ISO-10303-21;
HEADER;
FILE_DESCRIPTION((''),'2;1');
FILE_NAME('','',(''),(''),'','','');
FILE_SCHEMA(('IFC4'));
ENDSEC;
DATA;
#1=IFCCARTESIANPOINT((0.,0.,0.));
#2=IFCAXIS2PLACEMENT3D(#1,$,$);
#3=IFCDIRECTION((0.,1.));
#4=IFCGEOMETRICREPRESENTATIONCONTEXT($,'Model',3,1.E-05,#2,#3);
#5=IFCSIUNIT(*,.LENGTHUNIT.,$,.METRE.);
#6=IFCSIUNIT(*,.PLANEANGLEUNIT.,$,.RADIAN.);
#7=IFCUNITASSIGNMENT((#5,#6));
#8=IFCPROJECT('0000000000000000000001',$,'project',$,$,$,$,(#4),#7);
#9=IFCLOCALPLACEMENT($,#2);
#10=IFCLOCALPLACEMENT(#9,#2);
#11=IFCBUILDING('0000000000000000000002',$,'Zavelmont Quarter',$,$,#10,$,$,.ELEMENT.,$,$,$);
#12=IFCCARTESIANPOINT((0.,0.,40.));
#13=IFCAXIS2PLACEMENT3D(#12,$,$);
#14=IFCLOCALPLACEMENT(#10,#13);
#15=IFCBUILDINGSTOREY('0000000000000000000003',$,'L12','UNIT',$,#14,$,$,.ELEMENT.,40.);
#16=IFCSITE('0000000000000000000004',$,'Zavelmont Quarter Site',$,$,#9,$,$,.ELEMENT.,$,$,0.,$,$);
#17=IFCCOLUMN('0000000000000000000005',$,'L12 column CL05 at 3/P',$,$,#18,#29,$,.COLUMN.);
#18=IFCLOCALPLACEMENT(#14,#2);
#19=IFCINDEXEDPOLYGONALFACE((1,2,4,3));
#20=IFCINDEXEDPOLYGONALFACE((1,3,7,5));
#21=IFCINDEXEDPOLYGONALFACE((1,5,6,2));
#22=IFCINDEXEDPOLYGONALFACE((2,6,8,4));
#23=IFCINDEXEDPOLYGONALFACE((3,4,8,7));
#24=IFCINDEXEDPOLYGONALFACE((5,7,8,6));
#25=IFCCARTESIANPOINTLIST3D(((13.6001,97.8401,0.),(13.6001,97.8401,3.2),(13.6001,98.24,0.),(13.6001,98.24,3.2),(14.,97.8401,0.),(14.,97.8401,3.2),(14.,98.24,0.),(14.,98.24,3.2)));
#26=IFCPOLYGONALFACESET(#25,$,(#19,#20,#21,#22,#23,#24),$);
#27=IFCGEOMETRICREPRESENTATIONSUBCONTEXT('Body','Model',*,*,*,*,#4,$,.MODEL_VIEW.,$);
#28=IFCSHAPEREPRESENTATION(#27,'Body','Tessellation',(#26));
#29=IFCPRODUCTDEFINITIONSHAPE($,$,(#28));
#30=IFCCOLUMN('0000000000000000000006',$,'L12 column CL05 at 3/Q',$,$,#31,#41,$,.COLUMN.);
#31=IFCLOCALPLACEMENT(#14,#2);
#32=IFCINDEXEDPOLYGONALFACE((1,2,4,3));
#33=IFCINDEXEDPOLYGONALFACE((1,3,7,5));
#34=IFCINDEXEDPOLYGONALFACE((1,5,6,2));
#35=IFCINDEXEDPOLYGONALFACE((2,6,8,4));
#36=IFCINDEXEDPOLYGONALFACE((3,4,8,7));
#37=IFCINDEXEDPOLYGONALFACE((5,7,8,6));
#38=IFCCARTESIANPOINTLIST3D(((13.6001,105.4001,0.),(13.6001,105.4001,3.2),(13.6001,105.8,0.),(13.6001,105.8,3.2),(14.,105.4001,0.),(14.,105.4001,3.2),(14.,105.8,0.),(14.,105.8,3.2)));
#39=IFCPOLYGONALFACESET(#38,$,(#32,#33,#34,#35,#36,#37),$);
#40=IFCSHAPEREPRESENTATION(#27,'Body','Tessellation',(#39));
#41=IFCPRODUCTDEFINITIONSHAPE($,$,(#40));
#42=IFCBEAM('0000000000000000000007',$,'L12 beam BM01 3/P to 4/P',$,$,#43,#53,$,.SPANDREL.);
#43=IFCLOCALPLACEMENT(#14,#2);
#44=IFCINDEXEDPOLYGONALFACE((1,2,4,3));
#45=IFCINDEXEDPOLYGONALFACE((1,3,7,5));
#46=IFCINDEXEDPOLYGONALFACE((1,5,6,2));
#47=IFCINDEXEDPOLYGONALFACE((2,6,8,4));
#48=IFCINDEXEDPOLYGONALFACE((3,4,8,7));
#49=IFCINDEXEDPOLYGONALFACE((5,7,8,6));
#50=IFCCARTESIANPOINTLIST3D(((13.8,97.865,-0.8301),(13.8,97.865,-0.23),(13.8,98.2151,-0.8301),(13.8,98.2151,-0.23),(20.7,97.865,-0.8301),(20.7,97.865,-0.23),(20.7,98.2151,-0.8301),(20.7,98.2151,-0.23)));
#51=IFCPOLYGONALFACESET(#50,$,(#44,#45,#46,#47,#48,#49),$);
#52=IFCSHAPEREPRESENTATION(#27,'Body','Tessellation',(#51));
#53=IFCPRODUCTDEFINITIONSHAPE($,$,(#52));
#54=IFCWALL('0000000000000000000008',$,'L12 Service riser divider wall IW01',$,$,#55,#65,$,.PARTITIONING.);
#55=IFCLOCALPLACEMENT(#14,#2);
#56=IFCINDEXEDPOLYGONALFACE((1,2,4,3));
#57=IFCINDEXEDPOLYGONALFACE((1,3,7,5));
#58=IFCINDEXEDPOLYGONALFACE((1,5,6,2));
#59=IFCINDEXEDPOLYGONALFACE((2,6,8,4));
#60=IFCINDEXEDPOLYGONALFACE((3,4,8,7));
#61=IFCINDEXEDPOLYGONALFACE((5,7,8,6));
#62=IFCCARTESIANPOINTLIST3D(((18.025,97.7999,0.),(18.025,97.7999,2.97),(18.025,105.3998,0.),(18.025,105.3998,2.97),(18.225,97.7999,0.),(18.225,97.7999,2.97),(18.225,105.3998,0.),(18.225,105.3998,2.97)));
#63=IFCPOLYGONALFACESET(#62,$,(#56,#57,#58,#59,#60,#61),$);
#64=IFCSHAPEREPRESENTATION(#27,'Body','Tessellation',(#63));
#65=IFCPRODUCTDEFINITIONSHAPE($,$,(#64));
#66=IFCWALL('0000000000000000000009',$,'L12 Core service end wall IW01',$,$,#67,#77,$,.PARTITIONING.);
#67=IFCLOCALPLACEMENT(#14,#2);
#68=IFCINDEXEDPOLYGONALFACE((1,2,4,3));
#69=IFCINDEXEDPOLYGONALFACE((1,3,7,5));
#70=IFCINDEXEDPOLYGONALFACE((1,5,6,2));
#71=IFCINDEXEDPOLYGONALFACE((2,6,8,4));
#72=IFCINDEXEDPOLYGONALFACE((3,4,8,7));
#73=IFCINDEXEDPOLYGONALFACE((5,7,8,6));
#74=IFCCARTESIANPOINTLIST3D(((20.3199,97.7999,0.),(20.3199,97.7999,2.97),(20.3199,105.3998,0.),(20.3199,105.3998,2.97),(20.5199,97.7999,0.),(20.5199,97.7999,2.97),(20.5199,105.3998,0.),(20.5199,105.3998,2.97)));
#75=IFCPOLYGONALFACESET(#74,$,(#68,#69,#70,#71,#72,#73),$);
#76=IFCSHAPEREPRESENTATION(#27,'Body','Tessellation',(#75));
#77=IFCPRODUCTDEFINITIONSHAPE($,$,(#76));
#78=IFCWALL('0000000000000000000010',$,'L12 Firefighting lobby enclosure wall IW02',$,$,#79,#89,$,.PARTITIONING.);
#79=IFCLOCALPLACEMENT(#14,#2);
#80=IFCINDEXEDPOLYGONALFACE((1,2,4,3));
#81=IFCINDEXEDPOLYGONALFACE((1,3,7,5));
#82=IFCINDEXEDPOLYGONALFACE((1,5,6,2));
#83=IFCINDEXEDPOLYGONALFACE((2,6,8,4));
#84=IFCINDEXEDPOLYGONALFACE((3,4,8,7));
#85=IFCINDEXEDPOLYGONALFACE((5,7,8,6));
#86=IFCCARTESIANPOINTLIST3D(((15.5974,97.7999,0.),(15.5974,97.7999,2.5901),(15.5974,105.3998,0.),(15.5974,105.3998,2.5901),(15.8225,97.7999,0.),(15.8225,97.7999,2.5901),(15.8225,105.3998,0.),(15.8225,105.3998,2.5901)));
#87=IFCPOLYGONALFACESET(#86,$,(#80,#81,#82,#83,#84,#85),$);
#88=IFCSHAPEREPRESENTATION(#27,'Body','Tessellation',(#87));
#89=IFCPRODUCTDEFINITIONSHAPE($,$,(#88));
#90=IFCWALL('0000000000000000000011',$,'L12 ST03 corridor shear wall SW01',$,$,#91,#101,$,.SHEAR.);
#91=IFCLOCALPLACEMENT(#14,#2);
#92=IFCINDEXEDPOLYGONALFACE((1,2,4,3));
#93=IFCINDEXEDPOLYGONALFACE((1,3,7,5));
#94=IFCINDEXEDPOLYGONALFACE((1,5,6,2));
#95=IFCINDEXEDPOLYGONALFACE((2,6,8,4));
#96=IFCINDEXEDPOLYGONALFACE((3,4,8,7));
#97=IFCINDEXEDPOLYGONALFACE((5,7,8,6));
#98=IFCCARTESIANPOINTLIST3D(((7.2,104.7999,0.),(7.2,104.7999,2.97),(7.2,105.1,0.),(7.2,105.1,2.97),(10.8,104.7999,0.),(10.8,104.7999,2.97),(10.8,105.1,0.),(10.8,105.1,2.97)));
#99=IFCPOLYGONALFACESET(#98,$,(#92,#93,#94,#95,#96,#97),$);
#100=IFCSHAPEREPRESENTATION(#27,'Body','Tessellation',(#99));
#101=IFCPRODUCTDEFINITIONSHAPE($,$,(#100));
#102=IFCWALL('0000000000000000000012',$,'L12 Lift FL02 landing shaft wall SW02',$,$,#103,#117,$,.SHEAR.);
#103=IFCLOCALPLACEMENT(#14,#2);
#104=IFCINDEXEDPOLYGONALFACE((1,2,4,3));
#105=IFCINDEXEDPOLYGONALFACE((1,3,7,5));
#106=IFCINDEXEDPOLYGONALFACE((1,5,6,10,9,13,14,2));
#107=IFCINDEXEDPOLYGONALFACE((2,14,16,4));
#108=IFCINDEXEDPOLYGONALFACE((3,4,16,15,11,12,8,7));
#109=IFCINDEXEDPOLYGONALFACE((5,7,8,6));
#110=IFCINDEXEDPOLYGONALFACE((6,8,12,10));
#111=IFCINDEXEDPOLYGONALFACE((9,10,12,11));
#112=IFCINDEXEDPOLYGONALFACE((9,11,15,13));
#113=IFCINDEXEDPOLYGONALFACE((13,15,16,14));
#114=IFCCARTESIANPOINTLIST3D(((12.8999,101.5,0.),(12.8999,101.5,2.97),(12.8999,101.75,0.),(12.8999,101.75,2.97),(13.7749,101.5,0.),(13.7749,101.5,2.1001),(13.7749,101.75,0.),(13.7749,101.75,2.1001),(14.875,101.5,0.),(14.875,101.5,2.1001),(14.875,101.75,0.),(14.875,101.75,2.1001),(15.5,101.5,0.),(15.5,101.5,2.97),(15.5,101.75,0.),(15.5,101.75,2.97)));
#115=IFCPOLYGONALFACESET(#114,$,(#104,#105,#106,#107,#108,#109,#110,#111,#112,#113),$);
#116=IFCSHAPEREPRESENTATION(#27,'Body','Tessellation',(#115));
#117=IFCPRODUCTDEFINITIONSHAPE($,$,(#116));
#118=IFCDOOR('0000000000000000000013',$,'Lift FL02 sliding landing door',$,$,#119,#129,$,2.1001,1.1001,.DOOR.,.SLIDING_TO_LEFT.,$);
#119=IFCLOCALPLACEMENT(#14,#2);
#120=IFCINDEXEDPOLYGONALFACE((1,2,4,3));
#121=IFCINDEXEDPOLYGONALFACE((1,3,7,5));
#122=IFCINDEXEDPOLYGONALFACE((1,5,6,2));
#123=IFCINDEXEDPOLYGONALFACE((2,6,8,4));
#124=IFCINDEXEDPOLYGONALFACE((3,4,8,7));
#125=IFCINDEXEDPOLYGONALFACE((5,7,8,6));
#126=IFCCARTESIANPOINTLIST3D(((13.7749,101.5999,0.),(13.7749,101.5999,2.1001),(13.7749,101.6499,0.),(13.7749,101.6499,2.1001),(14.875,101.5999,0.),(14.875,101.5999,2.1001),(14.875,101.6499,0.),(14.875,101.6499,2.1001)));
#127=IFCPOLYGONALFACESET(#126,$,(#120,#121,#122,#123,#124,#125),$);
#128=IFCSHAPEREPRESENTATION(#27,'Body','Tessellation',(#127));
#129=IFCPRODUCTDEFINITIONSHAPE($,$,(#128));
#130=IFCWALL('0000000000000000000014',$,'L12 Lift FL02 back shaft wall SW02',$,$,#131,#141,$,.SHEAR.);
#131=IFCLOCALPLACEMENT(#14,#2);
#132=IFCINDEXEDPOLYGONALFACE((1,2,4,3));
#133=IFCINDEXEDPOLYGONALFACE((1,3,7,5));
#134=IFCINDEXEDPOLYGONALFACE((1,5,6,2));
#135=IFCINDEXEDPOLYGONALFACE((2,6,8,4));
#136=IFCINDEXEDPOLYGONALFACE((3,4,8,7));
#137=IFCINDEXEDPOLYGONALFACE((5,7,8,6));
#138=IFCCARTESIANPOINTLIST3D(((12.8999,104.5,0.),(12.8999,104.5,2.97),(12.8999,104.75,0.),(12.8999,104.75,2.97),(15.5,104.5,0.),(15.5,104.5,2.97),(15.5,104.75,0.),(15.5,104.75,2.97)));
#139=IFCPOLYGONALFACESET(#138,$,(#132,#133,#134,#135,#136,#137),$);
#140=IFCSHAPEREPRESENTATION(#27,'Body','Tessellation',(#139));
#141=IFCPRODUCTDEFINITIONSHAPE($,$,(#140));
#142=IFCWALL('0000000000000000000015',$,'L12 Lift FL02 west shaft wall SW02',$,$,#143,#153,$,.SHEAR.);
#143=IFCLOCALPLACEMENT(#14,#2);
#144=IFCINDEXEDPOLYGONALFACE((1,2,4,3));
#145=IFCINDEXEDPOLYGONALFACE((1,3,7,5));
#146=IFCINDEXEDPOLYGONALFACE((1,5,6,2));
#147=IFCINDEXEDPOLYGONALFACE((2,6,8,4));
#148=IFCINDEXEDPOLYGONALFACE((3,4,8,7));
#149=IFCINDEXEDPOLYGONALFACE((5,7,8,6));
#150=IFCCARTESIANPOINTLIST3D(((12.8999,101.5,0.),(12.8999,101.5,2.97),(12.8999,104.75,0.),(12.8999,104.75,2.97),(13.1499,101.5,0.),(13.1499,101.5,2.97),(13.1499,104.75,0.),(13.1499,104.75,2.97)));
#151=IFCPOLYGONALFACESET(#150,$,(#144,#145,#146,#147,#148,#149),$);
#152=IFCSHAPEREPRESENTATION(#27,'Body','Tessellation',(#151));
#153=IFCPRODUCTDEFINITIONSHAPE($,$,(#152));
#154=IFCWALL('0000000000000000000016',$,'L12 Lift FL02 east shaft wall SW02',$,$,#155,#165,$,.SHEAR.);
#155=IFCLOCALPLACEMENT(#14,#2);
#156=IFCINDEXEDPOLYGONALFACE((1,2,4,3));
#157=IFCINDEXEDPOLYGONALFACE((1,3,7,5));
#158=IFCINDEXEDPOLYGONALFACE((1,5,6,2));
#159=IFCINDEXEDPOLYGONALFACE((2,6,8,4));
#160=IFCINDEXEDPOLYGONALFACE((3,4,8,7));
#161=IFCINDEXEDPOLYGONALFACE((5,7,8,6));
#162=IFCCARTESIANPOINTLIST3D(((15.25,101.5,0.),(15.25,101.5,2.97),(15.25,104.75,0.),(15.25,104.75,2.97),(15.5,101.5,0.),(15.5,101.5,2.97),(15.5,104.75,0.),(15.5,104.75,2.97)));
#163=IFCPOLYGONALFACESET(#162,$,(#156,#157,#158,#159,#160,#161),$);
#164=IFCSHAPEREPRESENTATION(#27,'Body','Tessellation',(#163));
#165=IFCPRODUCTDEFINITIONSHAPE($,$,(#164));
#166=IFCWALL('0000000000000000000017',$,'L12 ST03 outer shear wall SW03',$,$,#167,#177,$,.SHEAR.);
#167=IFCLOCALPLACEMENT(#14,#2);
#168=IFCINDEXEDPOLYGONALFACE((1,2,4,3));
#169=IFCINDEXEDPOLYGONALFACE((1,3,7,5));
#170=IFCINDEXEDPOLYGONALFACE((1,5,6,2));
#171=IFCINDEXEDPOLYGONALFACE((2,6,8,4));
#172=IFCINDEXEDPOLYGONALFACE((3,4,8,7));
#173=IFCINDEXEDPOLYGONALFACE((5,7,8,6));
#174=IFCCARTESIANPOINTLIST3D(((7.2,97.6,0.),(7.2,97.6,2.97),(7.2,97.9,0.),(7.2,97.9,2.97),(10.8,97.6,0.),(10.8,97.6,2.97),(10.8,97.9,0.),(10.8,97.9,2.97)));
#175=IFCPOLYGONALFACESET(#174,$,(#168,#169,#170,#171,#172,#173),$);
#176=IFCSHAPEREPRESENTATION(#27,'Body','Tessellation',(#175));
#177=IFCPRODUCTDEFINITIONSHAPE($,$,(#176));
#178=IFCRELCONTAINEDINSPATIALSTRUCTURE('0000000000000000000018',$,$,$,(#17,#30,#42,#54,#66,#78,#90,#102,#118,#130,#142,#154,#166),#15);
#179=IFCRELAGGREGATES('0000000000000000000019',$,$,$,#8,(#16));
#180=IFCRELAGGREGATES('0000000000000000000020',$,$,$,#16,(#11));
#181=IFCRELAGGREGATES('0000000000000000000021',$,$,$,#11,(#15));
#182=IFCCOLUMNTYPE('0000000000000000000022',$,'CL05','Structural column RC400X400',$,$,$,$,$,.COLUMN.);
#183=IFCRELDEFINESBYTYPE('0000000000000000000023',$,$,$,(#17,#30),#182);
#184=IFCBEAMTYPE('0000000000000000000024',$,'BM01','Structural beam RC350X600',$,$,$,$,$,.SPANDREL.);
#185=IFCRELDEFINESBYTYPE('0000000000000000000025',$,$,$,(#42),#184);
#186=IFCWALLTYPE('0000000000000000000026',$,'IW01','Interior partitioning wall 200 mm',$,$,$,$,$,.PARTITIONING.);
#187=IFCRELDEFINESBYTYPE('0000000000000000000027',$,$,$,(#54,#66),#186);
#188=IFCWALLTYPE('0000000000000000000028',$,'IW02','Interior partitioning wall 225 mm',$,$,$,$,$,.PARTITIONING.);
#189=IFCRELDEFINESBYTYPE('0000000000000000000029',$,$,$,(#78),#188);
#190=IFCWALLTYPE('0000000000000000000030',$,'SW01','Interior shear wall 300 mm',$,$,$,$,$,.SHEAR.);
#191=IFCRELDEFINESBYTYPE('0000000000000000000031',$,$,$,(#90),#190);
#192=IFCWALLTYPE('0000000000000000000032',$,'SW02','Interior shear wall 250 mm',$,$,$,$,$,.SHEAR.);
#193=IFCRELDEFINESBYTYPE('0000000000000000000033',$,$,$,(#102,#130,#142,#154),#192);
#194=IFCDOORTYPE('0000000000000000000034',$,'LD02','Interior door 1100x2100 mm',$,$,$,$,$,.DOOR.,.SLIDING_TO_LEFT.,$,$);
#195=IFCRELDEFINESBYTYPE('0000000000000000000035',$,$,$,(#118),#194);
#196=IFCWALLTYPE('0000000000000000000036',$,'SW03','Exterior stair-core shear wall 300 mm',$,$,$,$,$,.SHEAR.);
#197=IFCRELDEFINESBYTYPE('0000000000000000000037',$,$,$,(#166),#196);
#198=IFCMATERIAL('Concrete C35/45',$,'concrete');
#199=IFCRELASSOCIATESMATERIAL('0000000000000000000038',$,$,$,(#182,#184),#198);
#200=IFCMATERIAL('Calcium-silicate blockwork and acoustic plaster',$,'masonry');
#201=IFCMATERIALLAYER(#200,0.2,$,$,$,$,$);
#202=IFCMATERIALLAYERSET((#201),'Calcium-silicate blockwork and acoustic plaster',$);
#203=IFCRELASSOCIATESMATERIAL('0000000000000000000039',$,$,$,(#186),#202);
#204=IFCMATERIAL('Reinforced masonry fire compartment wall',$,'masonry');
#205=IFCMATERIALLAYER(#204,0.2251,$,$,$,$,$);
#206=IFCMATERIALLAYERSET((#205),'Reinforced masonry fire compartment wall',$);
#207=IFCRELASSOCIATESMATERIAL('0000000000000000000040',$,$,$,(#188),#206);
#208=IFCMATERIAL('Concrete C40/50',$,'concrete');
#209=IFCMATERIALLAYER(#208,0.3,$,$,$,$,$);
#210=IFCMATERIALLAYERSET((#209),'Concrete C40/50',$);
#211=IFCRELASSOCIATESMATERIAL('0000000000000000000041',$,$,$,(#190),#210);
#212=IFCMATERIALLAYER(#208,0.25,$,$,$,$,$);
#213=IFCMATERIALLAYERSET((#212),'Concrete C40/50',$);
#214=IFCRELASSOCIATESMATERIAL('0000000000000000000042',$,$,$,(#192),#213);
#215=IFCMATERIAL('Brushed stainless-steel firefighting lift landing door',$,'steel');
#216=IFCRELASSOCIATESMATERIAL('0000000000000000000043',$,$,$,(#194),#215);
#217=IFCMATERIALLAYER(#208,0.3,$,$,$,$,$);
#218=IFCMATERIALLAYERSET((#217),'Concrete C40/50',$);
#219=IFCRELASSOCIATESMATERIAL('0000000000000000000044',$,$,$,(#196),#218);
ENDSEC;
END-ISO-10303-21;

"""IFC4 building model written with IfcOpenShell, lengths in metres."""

from ifc_helpers import new_model, si_unit, direction, frame, frame_2d, origin, origin_with_axes, origin_2d, place, context, subcontext, project, spatial, rectangle, extrude, material, layer, layer_set, material_profile, profile_set, type_object, element, fill, save


model = new_model("IFC4")

# Units and contexts
model_context = context("Model", 3, precision=1e-05, world=origin(), true_north=direction((0.0, 1.0)))
body_context = subcontext(model_context, "Body", "Model", "MODEL_VIEW")
ifc_project = project(units=[si_unit("LENGTHUNIT", "METRE"), si_unit("PLANEANGLEUNIT", "RADIAN")], contexts=[model_context])

# Site, building, storey
site_placement = place(None, origin())
site = spatial("IfcSite", under=ifc_project, at=site_placement, Name="Zavelmont Quarter Site", CompositionType="ELEMENT", RefElevation=0.0)
building_placement = place(site_placement, origin())
building = spatial("IfcBuilding", under=site, at=building_placement, Name="Zavelmont Quarter", CompositionType="ELEMENT")
storey_placement = place(building_placement, frame((0.0, 0.0, 40.0)))
storey = spatial("IfcBuildingStorey", under=building, at=storey_placement, Name="L12", Description="UNIT", CompositionType="ELEMENT", Elevation=40.0)

# Columns
ifc_material_1 = material(Name="Concrete C35/45", Category="concrete")
ifc_material_profile_1 = material_profile(ifc_material_1, rectangle(XDim=0.3999, YDim=0.3999, at=origin_2d()), Name="RC400X400")
ifc_profile_set_1 = profile_set([ifc_material_profile_1], Name="Concrete C35/45")
column_type = type_object("IfcColumnType", Name="CL05", Description="Structural column RC400X400", PredefinedType="COLUMN", material=ifc_profile_set_1)
for number, where, z_axis, x_axis, name in (
    (1, (13.8, 98.04, 0.0), (0.0, 0.0, 1.0), (1.0, 0.0, 0.0), "L12 column CL05 at 3/P"),
    (2, (13.8, 105.6001, 0.0), (0.0, 0.0, 1.0), (1.0, 0.0, 0.0), "L12 column CL05 at 3/Q"),
):
    element("IfcColumn", number, at=place(storey_placement, frame(where, z_axis=z_axis, x_axis=x_axis)), inside=storey, type_object=column_type, Name=name, PredefinedType="COLUMN", context=body_context, shape_type="SweptSolid", body=[
        extrude(rectangle(XDim=0.3999, YDim=0.3999, at=origin_2d()), origin(), (0.0, 0.0, 1.0), 3.2),
    ])

# Beam
ifc_material_profile_2 = material_profile(ifc_material_1, rectangle(XDim=0.3501, YDim=0.6001, at=origin_2d()), Name="RC350X600")
ifc_profile_set_2 = profile_set([ifc_material_profile_2], Name="Concrete C35/45")
beam_type = type_object("IfcBeamType", Name="BM01", Description="Structural beam RC350X600", PredefinedType="SPANDREL", material=ifc_profile_set_2)
beam_placement = place(storey_placement, frame((13.8, 98.04, -0.53), z_axis=(1.0, 0.0, 0.0), x_axis=(0.0, 1.0, 0.0)))
element("IfcBeam", 3, at=beam_placement, inside=storey, type_object=beam_type, Name="L12 beam BM01 3/P to 4/P", PredefinedType="SPANDREL", context=body_context, shape_type="SweptSolid", body=[
    extrude(rectangle(XDim=0.3501, YDim=0.6001, at=origin_2d()), origin(), (0.0, 0.0, 1.0), 6.8999),
])

# Walls
ifc_material_2 = material(Name="Calcium-silicate blockwork and acoustic plaster", Category="masonry")
ifc_layer_1 = layer(ifc_material_2, 0.2)
ifc_layer_set_1 = layer_set([ifc_layer_1], Name="Calcium-silicate blockwork and acoustic plaster")
wall_type_1 = type_object("IfcWallType", Name="IW01", Description="Interior partitioning wall 200 mm", PredefinedType="PARTITIONING", material=ifc_layer_set_1)
for number, where, z_axis, x_axis, name in (
    (4, (18.125, 97.8, 0.0), (0.0, 0.0, 1.0), (0.0, 1.0, 0.0), "L12 Service riser divider wall IW01"),
    (5, (20.4199, 97.8, 0.0), (0.0, 0.0, 1.0), (0.0, 1.0, 0.0), "L12 Core service end wall IW01"),
):
    element("IfcWall", number, at=place(storey_placement, frame(where, z_axis=z_axis, x_axis=x_axis)), inside=storey, type_object=wall_type_1, Name=name, PredefinedType="PARTITIONING", context=body_context, shape_type="SweptSolid", body=[
        extrude(rectangle(XDim=7.5999, YDim=0.2, at=frame_2d((3.7998, 0.0))), origin(), (0.0, 0.0, 1.0), 2.97),
    ])
ifc_material_3 = material(Name="Reinforced masonry fire compartment wall", Category="masonry")
ifc_layer_2 = layer(ifc_material_3, 0.2251)
ifc_layer_set_2 = layer_set([ifc_layer_2], Name="Reinforced masonry fire compartment wall")
wall_type_2 = type_object("IfcWallType", Name="IW02", Description="Interior partitioning wall 225 mm", PredefinedType="PARTITIONING", material=ifc_layer_set_2)
wall_1_placement = place(storey_placement, frame((15.71, 97.8, 0.0), z_axis=(0.0, 0.0, 1.0), x_axis=(0.0, 1.0, 0.0)))
element("IfcWall", 6, at=wall_1_placement, inside=storey, type_object=wall_type_2, Name="L12 Firefighting lobby enclosure wall IW02", PredefinedType="PARTITIONING", context=body_context, shape_type="SweptSolid", body=[
    extrude(rectangle(XDim=7.5999, YDim=0.2251, at=frame_2d((3.7998, 0.0))), origin(), (0.0, 0.0, 1.0), 2.5901),
])

# Wall
ifc_material_4 = material(Name="Concrete C40/50", Category="concrete")
ifc_layer_3 = layer(ifc_material_4, 0.3)
ifc_layer_set_3 = layer_set([ifc_layer_3], Name="Concrete C40/50")
wall_type_3 = type_object("IfcWallType", Name="SW01", Description="Interior shear wall 300 mm", PredefinedType="SHEAR", material=ifc_layer_set_3)
wall_2_placement = place(storey_placement, frame((7.2, 104.95, 0.0), z_axis=(0.0, 0.0, 1.0), x_axis=(1.0, 0.0, 0.0)))
element("IfcWall", 7, at=wall_2_placement, inside=storey, type_object=wall_type_3, Name="L12 ST03 corridor shear wall SW01", PredefinedType="SHEAR", context=body_context, shape_type="SweptSolid", body=[
    extrude(rectangle(XDim=3.6001, YDim=0.3, at=frame_2d((1.8, 0.0))), origin(), (0.0, 0.0, 1.0), 2.97),
])

# Wall, opening, door
ifc_layer_4 = layer(ifc_material_4, 0.25)
ifc_layer_set_4 = layer_set([ifc_layer_4], Name="Concrete C40/50")
wall_type_4 = type_object("IfcWallType", Name="SW02", Description="Interior shear wall 250 mm", PredefinedType="SHEAR", material=ifc_layer_set_4)
wall_3_placement = place(storey_placement, frame((12.8999, 101.625, 0.0), z_axis=(0.0, 0.0, 1.0), x_axis=(1.0, 0.0, 0.0)))
wall_3 = element("IfcWall", 8, at=wall_3_placement, inside=storey, type_object=wall_type_4, Name="L12 Lift FL02 landing shaft wall SW02", PredefinedType="SHEAR", context=body_context, shape_type="SweptSolid", body=[
    extrude(rectangle(XDim=2.6001, YDim=0.25, at=frame_2d((1.3, 0.0))), origin(), (0.0, 0.0, 1.0), 2.97),
])
opening_1_placement = place(wall_3_placement, frame((0.875, 0.0, 0.0)))
opening_1 = element("IfcOpeningElement", 9, at=opening_1_placement, cuts=wall_3, PredefinedType="OPENING", context=body_context, shape_type="SweptSolid", body=[
    extrude(rectangle(XDim=1.1001, YDim=2.1001, at=frame_2d((0.55, 1.05))), frame((0.0, 0.137, 0.0), z_axis=(0.0, -1.0, 0.0), x_axis=(1.0, 0.0, 0.0)), (0.0, 0.0, 1.0), 0.2739),
])
ifc_material_5 = material(Name="Brushed stainless-steel firefighting lift landing door", Category="steel")
door_type_1 = type_object("IfcDoorType", Name="LD02", Description="Interior door 1100x2100 mm", OperationType="SLIDING_TO_LEFT", PredefinedType="DOOR", material=ifc_material_5)
door_1_placement = place(opening_1_placement, origin_with_axes())
door_1 = element("IfcDoor", 10, at=door_1_placement, inside=storey, type_object=door_type_1, Name="Lift FL02 sliding landing door", OperationType="SLIDING_TO_LEFT", OverallHeight=2.1001, OverallWidth=1.1001, PredefinedType="DOOR", context=body_context, shape_type="SweptSolid", body=[
    extrude(rectangle(XDim=1.1001, YDim=2.1001, at=frame_2d((0.55, 1.05))), frame((0.0, 0.0249, 0.0), z_axis=(0.0, -1.0, 0.0), x_axis=(1.0, 0.0, 0.0)), (0.0, 0.0, 1.0), 0.05),
])
fill(opening_1, door_1)

# Walls
wall_4_placement = place(storey_placement, frame((12.8999, 104.625, 0.0), z_axis=(0.0, 0.0, 1.0), x_axis=(1.0, 0.0, 0.0)))
element("IfcWall", 11, at=wall_4_placement, inside=storey, type_object=wall_type_4, Name="L12 Lift FL02 back shaft wall SW02", PredefinedType="SHEAR", context=body_context, shape_type="SweptSolid", body=[
    extrude(rectangle(XDim=2.6001, YDim=0.25, at=frame_2d((1.3, 0.0))), origin(), (0.0, 0.0, 1.0), 2.97),
])
for number, where, z_axis, x_axis, name in (
    (12, (13.0249, 101.5, 0.0), (0.0, 0.0, 1.0), (0.0, 1.0, 0.0), "L12 Lift FL02 west shaft wall SW02"),
    (13, (15.375, 101.5, 0.0), (0.0, 0.0, 1.0), (0.0, 1.0, 0.0), "L12 Lift FL02 east shaft wall SW02"),
):
    element("IfcWall", number, at=place(storey_placement, frame(where, z_axis=z_axis, x_axis=x_axis)), inside=storey, type_object=wall_type_4, Name=name, PredefinedType="SHEAR", context=body_context, shape_type="SweptSolid", body=[
        extrude(rectangle(XDim=3.25, YDim=0.25, at=frame_2d((1.625, 0.0))), origin(), (0.0, 0.0, 1.0), 2.97),
    ])
ifc_layer_5 = layer(ifc_material_4, 0.3)
ifc_layer_set_5 = layer_set([ifc_layer_5], Name="Concrete C40/50")
wall_type_5 = type_object("IfcWallType", Name="SW03", Description="Exterior stair-core shear wall 300 mm", PredefinedType="SHEAR", material=ifc_layer_set_5)
wall_5_placement = place(storey_placement, frame((7.2, 97.75, 0.0), z_axis=(0.0, 0.0, 1.0), x_axis=(1.0, 0.0, 0.0)))
element("IfcWall", 14, at=wall_5_placement, inside=storey, type_object=wall_type_5, Name="L12 ST03 outer shear wall SW03", PredefinedType="SHEAR", context=body_context, shape_type="SweptSolid", body=[
    extrude(rectangle(XDim=3.6001, YDim=0.3, at=frame_2d((1.8, 0.0))), origin(), (0.0, 0.0, 1.0), 2.97),
])

save(model, "model.ifc")
